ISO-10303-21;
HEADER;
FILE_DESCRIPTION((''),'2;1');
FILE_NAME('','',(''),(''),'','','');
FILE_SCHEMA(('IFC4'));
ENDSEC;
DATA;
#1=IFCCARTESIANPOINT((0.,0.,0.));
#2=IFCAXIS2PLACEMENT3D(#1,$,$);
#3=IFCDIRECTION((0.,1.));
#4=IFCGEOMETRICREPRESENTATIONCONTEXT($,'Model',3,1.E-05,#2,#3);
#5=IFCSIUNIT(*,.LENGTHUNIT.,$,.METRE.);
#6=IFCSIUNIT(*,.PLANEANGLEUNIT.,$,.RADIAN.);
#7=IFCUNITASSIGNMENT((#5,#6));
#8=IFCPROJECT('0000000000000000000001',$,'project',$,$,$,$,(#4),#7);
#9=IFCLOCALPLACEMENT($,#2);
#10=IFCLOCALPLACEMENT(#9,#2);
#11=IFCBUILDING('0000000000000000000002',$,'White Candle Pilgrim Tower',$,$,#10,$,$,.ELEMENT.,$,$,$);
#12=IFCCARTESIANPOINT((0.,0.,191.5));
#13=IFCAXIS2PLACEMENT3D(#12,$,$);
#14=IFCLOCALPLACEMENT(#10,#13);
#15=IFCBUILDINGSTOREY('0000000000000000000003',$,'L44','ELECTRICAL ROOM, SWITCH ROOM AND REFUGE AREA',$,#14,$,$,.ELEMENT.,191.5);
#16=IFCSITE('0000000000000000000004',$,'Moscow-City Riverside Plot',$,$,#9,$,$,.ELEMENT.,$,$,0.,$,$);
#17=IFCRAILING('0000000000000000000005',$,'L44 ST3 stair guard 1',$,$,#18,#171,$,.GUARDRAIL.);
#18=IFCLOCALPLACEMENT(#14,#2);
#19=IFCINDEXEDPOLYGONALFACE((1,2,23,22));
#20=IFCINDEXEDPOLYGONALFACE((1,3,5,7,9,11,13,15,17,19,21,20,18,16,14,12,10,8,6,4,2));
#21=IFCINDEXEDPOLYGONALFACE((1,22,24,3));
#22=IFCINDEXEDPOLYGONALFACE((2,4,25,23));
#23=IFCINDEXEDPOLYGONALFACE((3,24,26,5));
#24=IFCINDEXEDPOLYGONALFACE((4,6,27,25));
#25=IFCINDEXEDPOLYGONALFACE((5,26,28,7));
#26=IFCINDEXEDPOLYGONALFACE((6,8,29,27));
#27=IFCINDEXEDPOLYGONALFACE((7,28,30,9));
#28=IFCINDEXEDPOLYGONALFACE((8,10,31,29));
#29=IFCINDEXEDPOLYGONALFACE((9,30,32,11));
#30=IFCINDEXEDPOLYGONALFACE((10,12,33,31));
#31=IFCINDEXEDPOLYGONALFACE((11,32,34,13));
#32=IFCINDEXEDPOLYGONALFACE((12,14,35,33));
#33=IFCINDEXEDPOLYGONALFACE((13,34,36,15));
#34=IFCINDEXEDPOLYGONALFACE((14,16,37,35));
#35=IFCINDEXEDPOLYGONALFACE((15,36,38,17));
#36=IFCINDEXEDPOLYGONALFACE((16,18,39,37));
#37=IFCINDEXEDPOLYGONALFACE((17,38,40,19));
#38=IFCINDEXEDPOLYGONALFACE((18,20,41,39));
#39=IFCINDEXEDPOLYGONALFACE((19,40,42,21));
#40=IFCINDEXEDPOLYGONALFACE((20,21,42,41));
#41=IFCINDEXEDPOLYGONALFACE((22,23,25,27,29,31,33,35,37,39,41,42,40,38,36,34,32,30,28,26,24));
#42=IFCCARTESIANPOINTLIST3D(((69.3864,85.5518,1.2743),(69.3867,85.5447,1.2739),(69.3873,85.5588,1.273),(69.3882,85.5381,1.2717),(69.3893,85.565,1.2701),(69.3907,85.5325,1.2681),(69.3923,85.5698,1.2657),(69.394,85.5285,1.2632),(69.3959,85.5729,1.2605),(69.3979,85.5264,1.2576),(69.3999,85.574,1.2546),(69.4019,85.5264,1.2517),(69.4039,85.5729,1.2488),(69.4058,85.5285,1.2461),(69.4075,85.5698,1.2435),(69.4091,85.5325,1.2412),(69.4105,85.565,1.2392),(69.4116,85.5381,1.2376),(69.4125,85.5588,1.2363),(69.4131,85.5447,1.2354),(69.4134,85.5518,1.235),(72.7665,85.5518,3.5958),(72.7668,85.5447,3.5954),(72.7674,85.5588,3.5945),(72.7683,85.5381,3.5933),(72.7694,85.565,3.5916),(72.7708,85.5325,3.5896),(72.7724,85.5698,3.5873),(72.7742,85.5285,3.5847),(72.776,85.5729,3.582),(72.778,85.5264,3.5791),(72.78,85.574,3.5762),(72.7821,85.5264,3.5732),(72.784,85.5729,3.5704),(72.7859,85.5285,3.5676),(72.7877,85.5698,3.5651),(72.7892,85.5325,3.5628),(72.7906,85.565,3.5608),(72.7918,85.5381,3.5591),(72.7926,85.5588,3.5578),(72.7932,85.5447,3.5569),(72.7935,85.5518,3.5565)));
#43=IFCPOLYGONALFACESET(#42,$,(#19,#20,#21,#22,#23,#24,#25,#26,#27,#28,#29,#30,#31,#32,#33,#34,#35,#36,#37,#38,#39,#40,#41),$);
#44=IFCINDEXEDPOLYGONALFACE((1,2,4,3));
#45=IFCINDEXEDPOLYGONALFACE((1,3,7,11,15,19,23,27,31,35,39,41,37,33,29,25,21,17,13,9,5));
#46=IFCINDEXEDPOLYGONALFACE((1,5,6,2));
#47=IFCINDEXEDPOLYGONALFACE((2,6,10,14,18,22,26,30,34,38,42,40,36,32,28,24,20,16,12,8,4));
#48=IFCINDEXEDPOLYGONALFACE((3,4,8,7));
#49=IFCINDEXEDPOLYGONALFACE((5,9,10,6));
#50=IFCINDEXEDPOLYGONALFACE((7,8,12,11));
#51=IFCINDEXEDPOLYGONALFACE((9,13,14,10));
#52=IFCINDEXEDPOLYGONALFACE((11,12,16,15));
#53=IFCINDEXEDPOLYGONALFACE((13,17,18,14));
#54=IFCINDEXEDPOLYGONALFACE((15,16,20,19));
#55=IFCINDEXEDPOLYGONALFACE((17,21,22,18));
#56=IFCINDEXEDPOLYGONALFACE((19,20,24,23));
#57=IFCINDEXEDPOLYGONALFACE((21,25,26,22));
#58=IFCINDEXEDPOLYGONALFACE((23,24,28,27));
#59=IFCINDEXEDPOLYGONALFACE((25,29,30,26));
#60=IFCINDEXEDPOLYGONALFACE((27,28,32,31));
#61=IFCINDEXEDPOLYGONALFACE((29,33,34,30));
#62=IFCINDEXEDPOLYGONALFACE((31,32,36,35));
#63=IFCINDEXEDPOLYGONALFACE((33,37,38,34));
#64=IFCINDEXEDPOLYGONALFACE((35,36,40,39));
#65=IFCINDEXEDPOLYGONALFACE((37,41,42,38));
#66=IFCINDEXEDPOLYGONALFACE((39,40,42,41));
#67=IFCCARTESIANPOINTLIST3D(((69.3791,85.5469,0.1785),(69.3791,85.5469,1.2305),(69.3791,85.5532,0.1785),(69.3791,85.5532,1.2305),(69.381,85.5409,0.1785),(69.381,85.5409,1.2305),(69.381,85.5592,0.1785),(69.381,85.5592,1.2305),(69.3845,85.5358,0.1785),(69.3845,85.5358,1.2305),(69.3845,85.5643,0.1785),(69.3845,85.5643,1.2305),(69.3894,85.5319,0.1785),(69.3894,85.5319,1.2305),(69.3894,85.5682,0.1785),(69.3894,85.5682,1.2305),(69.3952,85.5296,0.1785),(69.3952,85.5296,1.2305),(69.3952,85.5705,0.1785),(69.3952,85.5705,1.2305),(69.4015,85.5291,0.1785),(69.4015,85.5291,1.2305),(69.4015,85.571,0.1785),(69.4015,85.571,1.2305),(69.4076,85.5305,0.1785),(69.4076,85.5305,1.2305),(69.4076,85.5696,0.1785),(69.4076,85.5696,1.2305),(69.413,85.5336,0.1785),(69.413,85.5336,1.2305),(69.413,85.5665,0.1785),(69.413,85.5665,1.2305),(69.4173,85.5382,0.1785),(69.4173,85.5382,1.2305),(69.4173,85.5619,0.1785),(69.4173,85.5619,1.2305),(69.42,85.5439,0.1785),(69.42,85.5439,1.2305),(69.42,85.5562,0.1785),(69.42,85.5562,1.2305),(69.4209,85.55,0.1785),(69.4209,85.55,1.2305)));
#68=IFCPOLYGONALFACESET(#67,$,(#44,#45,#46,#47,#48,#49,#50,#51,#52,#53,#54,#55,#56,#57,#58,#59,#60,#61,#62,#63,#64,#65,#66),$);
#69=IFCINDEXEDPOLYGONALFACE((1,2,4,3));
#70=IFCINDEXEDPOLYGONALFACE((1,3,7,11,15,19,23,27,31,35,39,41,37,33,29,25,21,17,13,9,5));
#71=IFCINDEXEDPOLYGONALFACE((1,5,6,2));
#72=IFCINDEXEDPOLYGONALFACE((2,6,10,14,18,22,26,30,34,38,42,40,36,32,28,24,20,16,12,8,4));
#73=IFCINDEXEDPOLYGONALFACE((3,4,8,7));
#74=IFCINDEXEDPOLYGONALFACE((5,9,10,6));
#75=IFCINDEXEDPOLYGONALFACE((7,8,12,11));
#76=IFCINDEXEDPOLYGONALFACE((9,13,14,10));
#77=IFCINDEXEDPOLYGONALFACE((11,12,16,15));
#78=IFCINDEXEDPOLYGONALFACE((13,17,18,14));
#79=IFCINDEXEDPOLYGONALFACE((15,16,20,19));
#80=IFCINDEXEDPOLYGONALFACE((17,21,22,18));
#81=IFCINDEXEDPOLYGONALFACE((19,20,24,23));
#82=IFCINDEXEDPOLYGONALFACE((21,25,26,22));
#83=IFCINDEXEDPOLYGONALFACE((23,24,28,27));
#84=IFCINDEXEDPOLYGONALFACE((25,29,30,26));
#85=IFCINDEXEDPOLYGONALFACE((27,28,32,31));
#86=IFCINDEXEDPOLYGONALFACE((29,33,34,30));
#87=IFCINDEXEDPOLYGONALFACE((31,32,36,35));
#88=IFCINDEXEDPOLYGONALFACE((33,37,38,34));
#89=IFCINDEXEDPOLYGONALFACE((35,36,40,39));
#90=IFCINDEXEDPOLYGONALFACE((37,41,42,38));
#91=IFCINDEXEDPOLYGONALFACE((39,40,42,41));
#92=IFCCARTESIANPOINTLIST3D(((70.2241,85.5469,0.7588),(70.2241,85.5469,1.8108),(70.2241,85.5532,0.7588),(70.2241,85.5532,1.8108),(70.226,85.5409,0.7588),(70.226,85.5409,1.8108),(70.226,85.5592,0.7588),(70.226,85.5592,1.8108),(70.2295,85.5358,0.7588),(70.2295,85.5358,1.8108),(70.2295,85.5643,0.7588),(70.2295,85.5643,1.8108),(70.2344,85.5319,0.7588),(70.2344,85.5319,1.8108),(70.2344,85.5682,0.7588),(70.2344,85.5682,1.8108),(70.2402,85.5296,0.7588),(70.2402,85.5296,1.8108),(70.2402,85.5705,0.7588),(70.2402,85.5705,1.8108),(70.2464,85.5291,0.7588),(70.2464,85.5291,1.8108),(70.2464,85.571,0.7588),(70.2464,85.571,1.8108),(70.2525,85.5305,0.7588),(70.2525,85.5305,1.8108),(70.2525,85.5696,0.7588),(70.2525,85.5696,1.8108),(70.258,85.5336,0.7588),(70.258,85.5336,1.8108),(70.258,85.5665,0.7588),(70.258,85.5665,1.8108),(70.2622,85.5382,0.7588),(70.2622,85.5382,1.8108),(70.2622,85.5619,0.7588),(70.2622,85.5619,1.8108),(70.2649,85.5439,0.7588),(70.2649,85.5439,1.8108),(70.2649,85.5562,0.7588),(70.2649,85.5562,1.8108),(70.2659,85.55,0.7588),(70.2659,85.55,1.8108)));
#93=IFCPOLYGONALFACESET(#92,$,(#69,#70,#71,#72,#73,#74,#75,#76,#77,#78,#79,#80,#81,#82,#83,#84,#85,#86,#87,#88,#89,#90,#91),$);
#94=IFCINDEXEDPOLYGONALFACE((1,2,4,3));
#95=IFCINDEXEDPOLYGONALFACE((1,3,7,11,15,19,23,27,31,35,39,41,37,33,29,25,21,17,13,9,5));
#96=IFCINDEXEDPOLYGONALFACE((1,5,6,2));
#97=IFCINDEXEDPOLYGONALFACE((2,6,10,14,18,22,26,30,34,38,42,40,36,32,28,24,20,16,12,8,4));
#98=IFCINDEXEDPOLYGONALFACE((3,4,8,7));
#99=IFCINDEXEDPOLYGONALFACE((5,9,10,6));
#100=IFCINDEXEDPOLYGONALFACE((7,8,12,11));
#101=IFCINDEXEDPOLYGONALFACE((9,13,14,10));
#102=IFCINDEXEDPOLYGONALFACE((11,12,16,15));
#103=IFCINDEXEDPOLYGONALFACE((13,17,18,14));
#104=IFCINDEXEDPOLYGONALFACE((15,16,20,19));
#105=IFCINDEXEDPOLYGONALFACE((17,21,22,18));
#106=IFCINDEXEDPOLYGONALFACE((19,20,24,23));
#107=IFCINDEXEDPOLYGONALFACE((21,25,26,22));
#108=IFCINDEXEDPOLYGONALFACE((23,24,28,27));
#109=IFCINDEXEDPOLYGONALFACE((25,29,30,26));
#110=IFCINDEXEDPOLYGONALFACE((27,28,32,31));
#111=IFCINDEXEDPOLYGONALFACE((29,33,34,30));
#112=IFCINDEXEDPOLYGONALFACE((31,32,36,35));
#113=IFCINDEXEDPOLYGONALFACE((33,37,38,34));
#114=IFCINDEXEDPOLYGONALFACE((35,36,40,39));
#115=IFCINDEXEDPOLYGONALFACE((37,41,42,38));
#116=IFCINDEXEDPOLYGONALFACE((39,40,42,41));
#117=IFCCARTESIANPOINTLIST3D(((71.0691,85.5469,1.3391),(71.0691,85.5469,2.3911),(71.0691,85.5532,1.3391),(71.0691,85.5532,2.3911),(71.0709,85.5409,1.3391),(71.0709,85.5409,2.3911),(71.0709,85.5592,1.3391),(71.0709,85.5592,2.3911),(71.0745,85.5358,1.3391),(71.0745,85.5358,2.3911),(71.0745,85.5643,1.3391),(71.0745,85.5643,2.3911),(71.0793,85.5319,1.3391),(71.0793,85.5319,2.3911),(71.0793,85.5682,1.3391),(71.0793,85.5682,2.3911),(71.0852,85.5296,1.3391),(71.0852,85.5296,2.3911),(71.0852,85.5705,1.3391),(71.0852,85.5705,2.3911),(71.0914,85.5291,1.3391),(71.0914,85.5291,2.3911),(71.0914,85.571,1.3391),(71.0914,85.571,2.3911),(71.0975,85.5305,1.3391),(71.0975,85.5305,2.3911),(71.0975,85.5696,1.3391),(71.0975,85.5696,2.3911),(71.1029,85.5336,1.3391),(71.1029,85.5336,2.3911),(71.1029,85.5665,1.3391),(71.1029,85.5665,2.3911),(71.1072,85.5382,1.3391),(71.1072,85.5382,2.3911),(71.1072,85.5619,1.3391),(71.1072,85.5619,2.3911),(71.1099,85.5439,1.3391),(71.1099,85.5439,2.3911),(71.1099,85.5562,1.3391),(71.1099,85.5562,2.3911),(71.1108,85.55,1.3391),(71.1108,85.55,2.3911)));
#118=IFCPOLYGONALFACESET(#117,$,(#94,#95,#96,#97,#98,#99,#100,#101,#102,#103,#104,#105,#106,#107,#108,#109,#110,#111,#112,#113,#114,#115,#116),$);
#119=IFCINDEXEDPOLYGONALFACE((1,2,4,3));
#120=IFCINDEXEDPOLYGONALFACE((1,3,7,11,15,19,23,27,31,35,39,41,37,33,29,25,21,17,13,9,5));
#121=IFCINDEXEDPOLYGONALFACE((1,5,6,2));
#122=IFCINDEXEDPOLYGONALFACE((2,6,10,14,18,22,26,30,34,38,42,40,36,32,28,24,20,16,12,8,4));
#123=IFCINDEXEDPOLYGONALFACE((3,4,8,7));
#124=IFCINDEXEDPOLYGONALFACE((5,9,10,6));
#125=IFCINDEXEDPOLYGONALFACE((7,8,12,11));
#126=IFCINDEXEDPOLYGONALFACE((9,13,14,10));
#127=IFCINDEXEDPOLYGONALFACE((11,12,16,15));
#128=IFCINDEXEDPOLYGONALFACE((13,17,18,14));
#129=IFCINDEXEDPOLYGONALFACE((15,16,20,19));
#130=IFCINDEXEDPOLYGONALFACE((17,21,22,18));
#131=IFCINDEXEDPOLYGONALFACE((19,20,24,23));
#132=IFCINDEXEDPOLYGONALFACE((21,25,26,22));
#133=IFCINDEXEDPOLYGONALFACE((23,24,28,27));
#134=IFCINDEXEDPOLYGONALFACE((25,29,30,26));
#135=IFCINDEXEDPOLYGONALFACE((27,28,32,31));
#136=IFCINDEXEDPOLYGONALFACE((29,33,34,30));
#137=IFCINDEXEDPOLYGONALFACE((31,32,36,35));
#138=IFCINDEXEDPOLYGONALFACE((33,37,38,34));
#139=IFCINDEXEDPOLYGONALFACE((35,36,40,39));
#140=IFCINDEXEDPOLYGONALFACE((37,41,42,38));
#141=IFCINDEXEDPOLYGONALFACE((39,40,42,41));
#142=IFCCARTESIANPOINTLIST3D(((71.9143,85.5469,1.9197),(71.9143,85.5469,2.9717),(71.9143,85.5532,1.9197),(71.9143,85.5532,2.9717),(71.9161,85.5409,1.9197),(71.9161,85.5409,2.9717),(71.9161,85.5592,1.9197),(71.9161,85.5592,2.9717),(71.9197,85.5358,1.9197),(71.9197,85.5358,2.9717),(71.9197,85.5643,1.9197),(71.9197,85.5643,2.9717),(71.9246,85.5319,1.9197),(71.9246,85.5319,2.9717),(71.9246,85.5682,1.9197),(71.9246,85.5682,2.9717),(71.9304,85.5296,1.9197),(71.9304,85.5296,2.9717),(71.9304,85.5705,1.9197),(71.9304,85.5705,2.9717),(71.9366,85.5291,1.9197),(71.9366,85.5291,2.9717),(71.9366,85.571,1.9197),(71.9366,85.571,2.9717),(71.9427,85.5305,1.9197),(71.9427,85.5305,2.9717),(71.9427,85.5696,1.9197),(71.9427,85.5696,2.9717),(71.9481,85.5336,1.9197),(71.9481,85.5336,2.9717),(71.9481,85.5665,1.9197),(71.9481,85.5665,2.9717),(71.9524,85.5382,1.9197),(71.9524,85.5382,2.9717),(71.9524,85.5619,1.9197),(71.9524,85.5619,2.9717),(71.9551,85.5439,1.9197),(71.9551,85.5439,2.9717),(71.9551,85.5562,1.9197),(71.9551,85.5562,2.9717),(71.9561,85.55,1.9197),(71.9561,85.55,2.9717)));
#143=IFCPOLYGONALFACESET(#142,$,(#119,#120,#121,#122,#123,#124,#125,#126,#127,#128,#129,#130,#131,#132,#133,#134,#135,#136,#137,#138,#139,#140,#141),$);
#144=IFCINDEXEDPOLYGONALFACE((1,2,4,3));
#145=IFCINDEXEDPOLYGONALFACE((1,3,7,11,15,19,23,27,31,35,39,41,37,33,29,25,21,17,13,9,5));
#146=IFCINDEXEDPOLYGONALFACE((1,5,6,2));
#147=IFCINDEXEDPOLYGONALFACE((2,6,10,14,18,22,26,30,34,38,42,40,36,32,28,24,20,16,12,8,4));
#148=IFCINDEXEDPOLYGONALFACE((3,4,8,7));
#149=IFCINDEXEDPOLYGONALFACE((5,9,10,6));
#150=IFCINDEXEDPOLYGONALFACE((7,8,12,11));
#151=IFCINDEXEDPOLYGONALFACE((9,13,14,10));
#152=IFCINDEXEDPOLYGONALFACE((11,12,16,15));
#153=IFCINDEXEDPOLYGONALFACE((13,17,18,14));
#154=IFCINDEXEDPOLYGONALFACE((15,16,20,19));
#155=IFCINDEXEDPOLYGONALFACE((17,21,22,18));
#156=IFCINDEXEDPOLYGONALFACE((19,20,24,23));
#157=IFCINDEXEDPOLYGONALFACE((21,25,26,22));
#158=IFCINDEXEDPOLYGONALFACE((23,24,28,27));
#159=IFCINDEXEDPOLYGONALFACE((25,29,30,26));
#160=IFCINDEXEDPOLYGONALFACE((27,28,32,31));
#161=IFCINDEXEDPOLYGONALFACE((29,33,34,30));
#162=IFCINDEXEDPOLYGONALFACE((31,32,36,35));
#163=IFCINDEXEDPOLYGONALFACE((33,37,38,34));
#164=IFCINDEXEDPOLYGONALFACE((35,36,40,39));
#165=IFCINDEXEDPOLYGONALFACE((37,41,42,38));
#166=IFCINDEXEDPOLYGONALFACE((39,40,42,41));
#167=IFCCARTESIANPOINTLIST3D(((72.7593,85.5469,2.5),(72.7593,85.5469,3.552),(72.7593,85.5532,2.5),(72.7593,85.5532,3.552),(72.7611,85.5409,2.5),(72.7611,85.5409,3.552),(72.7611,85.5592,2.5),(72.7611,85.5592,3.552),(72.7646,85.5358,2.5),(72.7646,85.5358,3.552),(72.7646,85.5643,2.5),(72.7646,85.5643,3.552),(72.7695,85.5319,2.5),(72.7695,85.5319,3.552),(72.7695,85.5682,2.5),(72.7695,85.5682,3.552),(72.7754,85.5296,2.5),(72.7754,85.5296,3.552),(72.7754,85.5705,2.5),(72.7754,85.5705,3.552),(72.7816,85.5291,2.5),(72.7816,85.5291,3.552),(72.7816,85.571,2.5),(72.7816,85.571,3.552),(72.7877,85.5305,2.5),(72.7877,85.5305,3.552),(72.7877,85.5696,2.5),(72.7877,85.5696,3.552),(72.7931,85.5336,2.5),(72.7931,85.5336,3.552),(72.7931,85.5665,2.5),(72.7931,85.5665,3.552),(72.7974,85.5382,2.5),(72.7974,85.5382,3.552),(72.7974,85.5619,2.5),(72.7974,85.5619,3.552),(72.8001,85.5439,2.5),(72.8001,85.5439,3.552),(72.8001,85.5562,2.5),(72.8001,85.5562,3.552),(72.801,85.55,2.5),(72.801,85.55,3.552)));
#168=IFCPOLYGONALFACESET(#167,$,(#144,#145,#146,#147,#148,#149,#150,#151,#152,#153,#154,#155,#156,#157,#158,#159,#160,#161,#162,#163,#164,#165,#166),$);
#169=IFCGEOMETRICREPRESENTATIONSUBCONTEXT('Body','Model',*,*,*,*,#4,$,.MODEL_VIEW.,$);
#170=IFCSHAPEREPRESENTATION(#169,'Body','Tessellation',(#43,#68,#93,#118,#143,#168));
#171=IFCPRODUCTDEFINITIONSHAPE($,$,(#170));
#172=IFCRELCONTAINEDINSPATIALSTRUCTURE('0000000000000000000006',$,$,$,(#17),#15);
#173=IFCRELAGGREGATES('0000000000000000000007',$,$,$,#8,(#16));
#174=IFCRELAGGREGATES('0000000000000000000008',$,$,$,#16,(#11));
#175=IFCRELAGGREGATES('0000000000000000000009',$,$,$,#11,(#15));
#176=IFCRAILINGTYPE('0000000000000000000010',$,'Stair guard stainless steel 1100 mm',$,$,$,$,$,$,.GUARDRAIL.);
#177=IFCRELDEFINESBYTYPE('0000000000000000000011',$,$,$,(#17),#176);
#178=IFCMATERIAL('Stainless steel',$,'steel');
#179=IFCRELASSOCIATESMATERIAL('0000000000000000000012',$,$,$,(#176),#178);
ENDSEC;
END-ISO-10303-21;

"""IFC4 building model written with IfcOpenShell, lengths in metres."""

from ifc_helpers import new_model, si_unit, direction, frame, origin, origin_2d, place, context, subcontext, project, spatial, circle, extrude, material, type_object, element, save


model = new_model("IFC4")

# Units and contexts
model_context = context("Model", 3, precision=1e-05, world=origin(), true_north=direction((0.0, 1.0)))
body_context = subcontext(model_context, "Body", "Model", "MODEL_VIEW")
ifc_project = project(units=[si_unit("LENGTHUNIT", "METRE"), si_unit("PLANEANGLEUNIT", "RADIAN")], contexts=[model_context])

# Site, building, storey
site_placement = place(None, origin())
site = spatial("IfcSite", under=ifc_project, at=site_placement, Name="Moscow-City Riverside Plot", CompositionType="ELEMENT", RefElevation=0.0)
building_placement = place(site_placement, origin())
building = spatial("IfcBuilding", under=site, at=building_placement, Name="White Candle Pilgrim Tower", CompositionType="ELEMENT")
storey_placement = place(building_placement, frame((0.0, 0.0, 191.5)))
storey = spatial("IfcBuildingStorey", under=building, at=storey_placement, Name="L44", Description="ELECTRICAL ROOM, SWITCH ROOM AND REFUGE AREA", CompositionType="ELEMENT", Elevation=191.5)

# Shared definitions
ifc_material_1 = material(Name="Stainless steel", Category="steel")

# Railing
railing_type_1 = type_object("IfcRailingType", Name="Stair guard stainless steel 1100 mm", PredefinedType="GUARDRAIL", material=ifc_material_1)
railing_1_placement = place(storey_placement, frame((69.3999, 85.55, 0.1785)))
element("IfcRailing", 1, at=railing_1_placement, inside=storey, type_object=railing_type_1, Name="L44 ST3 stair guard 1", PredefinedType="GUARDRAIL", context=body_context, shape_type="SweptSolid", body=[
    extrude(circle(Radius=0.0239, at=origin_2d()), frame((0.0, 0.0, 1.0762), z_axis=(0.824304, 0.0, 0.566147), x_axis=(0.0, 1.0, 0.0)), (0.0, 0.0, 1.0), 4.1006),
    extrude(circle(Radius=0.021, at=origin_2d()), origin(), (0.0, 0.0, 1.0), 1.052),
    extrude(circle(Radius=0.021, at=origin_2d()), frame((0.845, 0.0, 0.5803)), (0.0, 0.0, 1.0), 1.052),
    extrude(circle(Radius=0.021, at=origin_2d()), frame((1.6899, 0.0, 1.1606)), (0.0, 0.0, 1.0), 1.052),
    extrude(circle(Radius=0.021, at=origin_2d()), frame((2.5352, 0.0, 1.7412)), (0.0, 0.0, 1.0), 1.052),
    extrude(circle(Radius=0.021, at=origin_2d()), frame((3.3801, 0.0, 2.3215)), (0.0, 0.0, 1.0), 1.052),
])

save(model, "model.ifc")
